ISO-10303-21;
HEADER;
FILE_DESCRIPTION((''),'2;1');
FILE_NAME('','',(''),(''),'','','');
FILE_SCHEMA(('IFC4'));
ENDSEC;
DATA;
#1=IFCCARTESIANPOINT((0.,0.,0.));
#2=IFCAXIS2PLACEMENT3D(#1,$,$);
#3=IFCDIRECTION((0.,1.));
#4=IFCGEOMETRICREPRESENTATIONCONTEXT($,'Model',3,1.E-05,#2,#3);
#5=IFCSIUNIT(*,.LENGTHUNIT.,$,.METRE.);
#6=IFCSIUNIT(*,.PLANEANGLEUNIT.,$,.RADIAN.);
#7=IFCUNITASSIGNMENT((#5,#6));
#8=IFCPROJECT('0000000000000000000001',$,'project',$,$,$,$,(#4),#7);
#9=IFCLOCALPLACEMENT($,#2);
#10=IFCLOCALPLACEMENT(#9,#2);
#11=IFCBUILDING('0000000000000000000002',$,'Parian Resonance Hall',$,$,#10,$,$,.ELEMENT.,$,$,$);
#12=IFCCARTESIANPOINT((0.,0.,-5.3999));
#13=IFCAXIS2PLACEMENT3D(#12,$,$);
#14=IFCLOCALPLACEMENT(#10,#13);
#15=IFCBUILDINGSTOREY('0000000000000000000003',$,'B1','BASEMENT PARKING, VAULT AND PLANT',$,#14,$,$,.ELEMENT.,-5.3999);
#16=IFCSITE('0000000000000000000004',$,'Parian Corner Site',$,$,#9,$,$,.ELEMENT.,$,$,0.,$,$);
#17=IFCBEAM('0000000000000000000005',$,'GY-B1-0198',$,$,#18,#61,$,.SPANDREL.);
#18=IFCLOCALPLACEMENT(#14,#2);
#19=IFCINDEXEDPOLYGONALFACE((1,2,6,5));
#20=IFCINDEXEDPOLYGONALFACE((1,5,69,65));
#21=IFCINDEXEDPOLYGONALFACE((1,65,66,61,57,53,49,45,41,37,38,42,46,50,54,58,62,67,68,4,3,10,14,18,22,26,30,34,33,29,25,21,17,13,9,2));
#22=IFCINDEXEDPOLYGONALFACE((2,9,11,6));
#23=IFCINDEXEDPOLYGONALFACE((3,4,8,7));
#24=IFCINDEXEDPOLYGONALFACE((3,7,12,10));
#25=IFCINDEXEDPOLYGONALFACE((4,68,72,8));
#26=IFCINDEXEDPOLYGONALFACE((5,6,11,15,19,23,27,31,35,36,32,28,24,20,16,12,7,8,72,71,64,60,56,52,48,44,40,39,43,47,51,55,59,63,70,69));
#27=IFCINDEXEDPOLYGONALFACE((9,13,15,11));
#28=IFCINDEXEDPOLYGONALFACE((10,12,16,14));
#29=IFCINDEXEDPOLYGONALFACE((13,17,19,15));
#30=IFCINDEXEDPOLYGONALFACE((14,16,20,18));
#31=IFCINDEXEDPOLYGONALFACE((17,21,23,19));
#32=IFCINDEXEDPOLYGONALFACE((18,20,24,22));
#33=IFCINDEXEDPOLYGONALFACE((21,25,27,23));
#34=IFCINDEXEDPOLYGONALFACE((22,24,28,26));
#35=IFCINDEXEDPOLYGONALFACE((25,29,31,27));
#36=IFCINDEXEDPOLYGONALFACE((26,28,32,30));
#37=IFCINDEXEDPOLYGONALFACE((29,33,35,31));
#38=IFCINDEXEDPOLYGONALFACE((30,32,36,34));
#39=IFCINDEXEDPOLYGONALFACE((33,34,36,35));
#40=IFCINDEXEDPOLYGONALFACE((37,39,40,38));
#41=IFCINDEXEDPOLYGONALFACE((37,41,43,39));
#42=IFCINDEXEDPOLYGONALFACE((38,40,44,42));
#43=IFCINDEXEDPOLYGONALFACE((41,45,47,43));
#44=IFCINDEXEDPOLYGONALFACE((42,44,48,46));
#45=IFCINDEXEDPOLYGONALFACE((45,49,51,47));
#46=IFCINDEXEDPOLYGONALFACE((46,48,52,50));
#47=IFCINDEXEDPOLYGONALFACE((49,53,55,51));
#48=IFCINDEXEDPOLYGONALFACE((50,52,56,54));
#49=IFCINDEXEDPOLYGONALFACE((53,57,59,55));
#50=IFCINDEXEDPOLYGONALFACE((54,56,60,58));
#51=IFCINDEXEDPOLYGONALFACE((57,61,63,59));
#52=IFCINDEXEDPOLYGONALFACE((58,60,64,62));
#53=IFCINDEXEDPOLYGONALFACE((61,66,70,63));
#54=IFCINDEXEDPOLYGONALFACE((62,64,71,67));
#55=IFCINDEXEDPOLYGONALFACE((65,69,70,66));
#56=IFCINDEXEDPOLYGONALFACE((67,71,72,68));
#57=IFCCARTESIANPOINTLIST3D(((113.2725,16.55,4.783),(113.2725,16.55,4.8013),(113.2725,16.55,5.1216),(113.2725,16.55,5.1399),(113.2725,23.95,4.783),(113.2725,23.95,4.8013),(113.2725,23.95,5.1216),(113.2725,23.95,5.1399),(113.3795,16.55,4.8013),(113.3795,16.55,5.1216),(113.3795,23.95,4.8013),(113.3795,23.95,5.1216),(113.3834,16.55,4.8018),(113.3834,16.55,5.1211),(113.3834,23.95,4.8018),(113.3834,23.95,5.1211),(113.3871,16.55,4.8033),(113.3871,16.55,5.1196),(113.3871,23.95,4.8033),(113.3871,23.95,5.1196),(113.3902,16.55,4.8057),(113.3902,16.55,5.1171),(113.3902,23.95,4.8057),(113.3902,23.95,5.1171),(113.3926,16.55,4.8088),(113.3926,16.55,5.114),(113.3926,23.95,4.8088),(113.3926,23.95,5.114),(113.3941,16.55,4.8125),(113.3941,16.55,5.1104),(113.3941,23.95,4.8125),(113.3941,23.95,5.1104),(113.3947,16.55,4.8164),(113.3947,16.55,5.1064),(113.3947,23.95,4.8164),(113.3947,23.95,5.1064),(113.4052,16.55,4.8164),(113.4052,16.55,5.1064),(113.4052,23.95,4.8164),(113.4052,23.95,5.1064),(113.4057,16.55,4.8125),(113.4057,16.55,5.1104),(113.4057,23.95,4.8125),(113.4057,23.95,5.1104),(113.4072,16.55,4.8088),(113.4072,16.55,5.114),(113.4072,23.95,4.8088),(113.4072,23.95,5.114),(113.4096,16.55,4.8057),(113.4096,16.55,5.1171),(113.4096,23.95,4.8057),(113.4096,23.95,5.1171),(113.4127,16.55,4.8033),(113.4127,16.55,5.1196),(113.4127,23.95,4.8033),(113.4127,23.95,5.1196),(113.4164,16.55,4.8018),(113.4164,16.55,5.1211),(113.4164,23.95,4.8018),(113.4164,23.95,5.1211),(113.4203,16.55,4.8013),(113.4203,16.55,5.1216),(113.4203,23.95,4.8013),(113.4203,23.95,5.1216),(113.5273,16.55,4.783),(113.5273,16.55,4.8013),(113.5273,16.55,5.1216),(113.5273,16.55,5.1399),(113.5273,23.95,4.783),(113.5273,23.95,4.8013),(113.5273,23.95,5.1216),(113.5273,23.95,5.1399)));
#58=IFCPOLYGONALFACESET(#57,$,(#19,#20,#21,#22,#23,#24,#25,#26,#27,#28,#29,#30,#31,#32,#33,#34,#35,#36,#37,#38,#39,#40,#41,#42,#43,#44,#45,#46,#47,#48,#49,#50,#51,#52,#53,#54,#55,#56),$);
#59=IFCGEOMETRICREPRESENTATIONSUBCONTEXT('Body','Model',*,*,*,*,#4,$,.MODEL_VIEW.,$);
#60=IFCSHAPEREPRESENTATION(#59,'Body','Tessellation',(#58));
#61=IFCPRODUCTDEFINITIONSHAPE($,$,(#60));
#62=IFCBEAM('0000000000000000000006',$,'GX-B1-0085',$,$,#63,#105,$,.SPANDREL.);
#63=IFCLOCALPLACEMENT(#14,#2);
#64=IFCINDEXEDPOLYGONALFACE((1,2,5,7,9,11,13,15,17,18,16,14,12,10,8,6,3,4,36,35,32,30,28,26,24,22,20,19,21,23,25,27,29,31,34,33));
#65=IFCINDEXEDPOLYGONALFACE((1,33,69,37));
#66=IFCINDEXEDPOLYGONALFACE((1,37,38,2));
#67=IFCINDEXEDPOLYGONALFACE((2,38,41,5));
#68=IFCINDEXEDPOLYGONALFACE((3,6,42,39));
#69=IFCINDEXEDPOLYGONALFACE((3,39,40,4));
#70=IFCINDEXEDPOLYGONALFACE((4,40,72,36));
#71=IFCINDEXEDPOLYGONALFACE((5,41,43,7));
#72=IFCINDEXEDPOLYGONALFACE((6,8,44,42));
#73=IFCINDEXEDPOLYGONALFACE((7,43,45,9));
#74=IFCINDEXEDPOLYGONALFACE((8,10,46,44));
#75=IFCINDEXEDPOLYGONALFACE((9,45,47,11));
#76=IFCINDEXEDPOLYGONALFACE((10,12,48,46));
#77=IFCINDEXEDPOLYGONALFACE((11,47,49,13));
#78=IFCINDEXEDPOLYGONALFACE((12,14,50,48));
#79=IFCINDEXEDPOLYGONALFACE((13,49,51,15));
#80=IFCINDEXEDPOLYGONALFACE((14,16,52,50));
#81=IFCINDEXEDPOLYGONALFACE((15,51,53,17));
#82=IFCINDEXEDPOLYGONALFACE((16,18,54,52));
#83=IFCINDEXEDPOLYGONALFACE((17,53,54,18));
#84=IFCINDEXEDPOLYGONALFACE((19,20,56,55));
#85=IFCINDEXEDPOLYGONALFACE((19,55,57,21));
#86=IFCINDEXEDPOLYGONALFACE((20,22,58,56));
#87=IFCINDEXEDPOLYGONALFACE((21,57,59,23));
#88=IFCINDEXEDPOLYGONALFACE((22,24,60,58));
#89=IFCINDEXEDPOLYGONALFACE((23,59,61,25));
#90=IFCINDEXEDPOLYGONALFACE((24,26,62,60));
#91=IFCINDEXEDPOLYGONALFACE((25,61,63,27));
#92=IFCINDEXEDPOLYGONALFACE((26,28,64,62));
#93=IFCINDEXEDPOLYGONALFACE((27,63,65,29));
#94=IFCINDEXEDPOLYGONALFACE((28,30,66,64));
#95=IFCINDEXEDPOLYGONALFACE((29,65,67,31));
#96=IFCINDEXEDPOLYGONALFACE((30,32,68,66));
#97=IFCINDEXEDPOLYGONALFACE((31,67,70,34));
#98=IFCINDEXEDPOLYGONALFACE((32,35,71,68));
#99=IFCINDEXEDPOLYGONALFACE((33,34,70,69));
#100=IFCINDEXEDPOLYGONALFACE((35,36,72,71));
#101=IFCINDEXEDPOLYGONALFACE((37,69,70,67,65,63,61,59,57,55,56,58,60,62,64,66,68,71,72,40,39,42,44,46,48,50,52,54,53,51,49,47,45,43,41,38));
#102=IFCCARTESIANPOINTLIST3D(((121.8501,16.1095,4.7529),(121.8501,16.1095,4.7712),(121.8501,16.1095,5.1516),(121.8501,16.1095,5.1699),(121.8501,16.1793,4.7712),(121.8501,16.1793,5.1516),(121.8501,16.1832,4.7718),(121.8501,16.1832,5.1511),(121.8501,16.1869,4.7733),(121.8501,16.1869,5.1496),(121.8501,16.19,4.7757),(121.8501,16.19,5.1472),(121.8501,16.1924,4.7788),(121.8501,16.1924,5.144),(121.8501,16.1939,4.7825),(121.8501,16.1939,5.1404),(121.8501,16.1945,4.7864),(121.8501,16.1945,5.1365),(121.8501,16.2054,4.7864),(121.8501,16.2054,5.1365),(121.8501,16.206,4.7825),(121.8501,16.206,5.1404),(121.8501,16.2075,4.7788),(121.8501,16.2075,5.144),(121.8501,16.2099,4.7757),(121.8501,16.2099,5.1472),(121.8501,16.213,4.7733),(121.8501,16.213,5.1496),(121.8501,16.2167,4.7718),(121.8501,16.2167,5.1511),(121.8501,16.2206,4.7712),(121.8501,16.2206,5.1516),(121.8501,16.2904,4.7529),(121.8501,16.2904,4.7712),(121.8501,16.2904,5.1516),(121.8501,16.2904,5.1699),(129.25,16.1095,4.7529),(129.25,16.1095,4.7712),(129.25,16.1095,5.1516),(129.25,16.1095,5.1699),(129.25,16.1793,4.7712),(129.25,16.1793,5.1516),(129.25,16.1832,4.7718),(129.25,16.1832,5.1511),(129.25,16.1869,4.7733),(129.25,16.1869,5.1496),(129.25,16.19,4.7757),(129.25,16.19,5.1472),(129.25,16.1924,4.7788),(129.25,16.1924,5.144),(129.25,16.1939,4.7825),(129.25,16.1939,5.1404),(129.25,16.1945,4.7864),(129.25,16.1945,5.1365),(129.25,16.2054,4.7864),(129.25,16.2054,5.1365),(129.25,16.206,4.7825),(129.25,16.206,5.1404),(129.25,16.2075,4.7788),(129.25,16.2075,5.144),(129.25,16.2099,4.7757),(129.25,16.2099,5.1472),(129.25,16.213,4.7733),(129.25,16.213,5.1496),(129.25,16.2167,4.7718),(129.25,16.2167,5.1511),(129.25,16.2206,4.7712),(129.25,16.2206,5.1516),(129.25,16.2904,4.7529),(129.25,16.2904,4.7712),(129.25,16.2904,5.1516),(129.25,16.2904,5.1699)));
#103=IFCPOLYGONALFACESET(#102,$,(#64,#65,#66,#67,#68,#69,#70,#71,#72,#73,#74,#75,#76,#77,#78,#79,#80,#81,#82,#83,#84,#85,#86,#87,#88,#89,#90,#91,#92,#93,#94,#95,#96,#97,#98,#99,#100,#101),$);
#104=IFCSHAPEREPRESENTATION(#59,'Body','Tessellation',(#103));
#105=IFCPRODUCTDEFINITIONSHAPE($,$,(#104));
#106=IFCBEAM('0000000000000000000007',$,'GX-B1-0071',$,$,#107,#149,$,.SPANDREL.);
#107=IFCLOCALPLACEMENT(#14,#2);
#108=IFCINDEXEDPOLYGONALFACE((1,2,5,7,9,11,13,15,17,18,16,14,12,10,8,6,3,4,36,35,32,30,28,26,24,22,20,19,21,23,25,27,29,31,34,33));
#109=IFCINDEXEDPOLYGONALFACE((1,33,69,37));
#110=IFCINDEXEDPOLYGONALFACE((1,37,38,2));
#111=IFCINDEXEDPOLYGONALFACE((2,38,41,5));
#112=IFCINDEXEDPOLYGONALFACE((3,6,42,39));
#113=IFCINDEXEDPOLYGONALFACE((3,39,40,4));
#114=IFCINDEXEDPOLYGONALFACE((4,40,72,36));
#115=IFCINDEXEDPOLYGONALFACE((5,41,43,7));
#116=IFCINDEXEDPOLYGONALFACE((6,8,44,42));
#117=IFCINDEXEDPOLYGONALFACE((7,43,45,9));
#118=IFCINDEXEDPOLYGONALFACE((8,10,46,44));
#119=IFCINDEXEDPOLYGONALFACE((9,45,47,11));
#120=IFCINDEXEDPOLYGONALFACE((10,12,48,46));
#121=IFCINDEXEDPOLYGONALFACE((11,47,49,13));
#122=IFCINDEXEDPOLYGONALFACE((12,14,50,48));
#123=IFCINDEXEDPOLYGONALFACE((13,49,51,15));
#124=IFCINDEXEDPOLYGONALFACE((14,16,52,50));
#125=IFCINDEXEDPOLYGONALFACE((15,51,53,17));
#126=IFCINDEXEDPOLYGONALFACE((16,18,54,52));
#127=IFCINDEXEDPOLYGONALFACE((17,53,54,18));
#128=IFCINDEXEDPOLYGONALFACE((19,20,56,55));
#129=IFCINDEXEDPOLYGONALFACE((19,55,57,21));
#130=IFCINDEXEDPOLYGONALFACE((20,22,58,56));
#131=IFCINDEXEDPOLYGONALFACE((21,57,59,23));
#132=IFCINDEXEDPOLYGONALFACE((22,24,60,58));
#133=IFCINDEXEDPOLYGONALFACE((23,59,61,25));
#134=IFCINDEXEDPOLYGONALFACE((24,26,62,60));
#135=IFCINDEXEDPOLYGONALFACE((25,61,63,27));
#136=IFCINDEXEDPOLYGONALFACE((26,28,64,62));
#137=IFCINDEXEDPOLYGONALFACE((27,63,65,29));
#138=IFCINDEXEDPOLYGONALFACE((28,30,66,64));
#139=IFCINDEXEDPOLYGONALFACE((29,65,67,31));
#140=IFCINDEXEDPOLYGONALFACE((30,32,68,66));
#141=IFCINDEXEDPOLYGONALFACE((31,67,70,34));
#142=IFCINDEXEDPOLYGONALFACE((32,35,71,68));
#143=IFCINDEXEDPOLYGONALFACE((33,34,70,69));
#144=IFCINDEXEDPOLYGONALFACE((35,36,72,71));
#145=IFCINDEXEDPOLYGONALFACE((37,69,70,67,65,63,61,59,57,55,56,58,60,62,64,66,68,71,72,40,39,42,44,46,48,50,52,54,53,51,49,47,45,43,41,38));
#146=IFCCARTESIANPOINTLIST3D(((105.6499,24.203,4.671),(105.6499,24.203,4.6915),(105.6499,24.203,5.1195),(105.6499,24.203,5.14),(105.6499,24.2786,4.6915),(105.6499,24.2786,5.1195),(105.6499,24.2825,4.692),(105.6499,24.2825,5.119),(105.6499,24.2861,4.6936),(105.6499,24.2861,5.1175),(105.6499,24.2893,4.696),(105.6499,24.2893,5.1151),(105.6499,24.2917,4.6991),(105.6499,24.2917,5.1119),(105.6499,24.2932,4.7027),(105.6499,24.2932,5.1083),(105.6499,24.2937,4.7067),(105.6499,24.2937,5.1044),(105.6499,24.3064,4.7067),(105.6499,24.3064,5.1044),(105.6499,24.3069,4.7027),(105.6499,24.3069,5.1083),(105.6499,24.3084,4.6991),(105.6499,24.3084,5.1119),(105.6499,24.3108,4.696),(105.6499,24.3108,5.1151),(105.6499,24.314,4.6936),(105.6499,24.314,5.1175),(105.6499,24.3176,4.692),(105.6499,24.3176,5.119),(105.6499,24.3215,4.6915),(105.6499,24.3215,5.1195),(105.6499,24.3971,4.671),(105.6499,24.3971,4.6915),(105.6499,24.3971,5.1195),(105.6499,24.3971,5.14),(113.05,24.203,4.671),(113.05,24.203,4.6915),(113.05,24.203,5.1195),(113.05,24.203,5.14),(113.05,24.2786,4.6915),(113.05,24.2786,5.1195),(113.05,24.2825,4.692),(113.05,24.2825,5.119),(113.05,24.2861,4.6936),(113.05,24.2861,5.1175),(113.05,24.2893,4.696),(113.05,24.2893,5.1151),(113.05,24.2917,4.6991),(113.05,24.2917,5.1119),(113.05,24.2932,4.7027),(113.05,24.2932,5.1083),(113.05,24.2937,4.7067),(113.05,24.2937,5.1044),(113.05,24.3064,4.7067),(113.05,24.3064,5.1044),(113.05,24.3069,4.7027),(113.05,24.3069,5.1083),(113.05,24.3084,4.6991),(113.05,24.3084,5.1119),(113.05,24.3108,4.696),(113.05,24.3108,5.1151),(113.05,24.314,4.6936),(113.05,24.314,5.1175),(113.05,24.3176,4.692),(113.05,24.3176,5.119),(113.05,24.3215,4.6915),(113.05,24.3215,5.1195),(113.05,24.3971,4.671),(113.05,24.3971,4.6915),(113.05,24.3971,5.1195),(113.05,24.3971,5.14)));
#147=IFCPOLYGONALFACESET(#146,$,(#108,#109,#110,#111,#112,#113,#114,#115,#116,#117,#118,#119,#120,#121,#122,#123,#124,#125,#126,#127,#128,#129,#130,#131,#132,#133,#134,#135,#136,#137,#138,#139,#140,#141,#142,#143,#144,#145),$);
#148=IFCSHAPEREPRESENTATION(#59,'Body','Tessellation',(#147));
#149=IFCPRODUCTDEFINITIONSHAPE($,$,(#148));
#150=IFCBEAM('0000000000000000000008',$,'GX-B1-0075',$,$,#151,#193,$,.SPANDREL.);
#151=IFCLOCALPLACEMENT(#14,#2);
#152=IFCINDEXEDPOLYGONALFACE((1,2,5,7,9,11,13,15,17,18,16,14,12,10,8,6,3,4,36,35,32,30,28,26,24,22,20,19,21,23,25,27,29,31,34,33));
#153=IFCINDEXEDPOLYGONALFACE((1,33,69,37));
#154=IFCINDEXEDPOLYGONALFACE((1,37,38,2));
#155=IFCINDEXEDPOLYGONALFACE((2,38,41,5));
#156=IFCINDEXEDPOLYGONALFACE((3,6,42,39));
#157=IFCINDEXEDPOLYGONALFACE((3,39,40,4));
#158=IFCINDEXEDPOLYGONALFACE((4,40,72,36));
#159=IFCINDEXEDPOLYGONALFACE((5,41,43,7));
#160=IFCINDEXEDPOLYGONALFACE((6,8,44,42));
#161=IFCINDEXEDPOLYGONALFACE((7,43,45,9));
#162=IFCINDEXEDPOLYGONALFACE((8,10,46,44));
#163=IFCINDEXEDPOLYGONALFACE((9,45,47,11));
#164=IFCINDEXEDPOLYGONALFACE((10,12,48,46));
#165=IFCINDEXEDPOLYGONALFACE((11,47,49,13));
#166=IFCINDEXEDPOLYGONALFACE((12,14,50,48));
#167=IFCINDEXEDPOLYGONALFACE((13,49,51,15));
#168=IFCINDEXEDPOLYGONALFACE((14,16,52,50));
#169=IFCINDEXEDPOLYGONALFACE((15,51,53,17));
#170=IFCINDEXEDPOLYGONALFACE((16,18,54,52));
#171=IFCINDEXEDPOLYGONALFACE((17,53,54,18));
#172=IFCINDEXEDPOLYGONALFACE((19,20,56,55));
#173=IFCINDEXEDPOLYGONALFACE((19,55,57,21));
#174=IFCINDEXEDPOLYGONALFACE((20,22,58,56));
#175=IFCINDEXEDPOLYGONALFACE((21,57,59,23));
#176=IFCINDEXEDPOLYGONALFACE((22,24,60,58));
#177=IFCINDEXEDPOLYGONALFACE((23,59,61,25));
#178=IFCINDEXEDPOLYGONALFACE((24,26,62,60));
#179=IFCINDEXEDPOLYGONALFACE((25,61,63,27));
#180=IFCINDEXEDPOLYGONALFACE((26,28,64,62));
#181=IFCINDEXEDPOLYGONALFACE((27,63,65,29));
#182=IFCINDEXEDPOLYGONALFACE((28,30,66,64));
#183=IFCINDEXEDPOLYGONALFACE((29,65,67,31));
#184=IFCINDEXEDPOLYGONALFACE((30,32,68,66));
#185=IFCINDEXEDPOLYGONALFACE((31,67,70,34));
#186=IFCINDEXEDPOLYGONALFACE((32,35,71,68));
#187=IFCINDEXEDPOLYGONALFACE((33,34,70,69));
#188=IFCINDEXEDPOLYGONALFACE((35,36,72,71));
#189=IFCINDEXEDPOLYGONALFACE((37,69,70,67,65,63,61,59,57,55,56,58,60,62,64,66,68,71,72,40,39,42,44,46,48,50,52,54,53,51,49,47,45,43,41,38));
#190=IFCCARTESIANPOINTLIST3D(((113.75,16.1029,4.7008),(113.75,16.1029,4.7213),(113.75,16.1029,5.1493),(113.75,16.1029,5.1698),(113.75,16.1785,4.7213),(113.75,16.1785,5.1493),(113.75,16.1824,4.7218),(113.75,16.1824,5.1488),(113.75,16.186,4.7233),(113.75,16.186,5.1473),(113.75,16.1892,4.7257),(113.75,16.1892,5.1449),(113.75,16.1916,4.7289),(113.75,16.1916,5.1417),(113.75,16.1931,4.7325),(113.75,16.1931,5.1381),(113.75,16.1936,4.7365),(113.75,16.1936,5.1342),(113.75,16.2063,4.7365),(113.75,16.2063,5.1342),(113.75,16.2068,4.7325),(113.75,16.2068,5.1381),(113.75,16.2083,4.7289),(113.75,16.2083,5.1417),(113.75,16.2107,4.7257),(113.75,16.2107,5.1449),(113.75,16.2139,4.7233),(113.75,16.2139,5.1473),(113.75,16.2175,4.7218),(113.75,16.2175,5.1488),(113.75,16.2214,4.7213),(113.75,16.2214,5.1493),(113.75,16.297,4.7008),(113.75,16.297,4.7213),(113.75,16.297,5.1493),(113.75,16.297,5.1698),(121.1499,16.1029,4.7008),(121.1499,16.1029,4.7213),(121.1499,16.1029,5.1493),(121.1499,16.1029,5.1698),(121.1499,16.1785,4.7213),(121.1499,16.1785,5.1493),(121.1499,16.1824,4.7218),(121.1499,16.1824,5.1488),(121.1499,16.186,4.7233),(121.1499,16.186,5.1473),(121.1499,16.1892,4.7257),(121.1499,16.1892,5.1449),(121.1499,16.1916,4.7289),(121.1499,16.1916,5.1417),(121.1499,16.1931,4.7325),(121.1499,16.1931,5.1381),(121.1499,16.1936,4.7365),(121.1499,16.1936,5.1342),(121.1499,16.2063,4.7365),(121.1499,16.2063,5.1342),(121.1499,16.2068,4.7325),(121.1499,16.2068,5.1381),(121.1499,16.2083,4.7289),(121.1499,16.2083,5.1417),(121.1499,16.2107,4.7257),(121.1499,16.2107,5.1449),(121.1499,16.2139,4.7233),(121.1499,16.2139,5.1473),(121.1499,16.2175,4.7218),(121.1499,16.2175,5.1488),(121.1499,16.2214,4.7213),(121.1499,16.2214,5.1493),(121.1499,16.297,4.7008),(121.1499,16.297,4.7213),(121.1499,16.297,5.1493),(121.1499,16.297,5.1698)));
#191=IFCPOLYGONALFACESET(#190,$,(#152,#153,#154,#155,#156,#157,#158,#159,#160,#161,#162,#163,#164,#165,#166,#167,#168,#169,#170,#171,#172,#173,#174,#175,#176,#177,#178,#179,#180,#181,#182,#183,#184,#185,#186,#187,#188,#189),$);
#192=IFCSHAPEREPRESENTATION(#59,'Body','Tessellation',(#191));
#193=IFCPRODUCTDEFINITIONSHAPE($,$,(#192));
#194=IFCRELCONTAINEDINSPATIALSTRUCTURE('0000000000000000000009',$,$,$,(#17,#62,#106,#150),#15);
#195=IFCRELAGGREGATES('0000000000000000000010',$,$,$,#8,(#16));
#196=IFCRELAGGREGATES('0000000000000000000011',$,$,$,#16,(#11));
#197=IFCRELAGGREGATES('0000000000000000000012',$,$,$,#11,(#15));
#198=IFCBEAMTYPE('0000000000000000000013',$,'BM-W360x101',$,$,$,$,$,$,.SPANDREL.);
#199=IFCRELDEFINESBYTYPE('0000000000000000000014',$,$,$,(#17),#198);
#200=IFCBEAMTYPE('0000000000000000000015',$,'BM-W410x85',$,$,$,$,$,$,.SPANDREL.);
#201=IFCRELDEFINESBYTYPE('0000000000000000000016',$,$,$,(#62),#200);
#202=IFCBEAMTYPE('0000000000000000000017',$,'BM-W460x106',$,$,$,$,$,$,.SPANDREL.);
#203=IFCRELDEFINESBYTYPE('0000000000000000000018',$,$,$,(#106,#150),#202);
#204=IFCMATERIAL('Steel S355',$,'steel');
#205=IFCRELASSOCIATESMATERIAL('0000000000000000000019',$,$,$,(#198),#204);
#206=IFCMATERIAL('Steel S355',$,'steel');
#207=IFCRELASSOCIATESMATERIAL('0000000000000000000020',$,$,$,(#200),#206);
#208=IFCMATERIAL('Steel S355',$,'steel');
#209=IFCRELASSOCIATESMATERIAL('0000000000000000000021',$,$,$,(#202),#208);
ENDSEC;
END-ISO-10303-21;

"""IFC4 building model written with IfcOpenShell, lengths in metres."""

from ifc_helpers import new_model, si_unit, direction, frame, origin, origin_2d, place, context, subcontext, project, spatial, i_section, extrude, material, material_profile, profile_set, type_object, element, save


model = new_model("IFC4")

# Units and contexts
model_context = context("Model", 3, precision=1e-05, world=origin(), true_north=direction((0.0, 1.0)))
body_context = subcontext(model_context, "Body", "Model", "MODEL_VIEW")
ifc_project = project(units=[si_unit("LENGTHUNIT", "METRE"), si_unit("PLANEANGLEUNIT", "RADIAN")], contexts=[model_context])

# Site, building, storey
site_placement = place(None, origin())
site = spatial("IfcSite", under=ifc_project, at=site_placement, Name="Parian Corner Site", CompositionType="ELEMENT", RefElevation=0.0)
building_placement = place(site_placement, origin())
building = spatial("IfcBuilding", under=site, at=building_placement, Name="Parian Resonance Hall", CompositionType="ELEMENT")
storey_placement = place(building_placement, frame((0.0, 0.0, -5.3999)))
storey = spatial("IfcBuildingStorey", under=building, at=storey_placement, Name="B1", Description="BASEMENT PARKING, VAULT AND PLANT", CompositionType="ELEMENT", Elevation=-5.3999)

# Beams
ifc_material_1 = material(Name="Steel S355", Category="steel")
ifc_material_profile_1 = material_profile(ifc_material_1, i_section(OverallWidth=0.2549, OverallDepth=0.3569, WebThickness=0.0105, FlangeThickness=0.0183, FilletRadius=0.0151, at=origin_2d()), Name="W360x101")
ifc_profile_set_1 = profile_set([ifc_material_profile_1], Name="Steel S355")
beam_type_1 = type_object("IfcBeamType", Name="BM-W360x101", PredefinedType="SPANDREL", material=ifc_profile_set_1)
beam_1_placement = place(storey_placement, frame((113.3999, 16.55, 4.9614), z_axis=(0.0, 1.0, 0.0), x_axis=(-1.0, 0.0, 0.0)))
element("IfcBeam", 1, at=beam_1_placement, inside=storey, type_object=beam_type_1, Name="GY-B1-0198", PredefinedType="SPANDREL", context=body_context, shape_type="SweptSolid", body=[
    extrude(i_section(OverallWidth=0.2549, OverallDepth=0.3569, WebThickness=0.0105, FlangeThickness=0.0183, FilletRadius=0.0151, at=origin_2d()), origin(), (0.0, 0.0, 1.0), 7.3999),
])
ifc_material_2 = material(Name="Steel S355", Category="steel")
ifc_material_profile_2 = material_profile(ifc_material_2, i_section(OverallWidth=0.1809, OverallDepth=0.417, WebThickness=0.011, FlangeThickness=0.0183, FilletRadius=0.0151, at=origin_2d()), Name="W410x85")
ifc_profile_set_2 = profile_set([ifc_material_profile_2], Name="Steel S355")
beam_type_2 = type_object("IfcBeamType", Name="BM-W410x85", PredefinedType="SPANDREL", material=ifc_profile_set_2)
beam_2_placement = place(storey_placement, frame((121.8501, 16.2, 4.9614), z_axis=(1.0, 0.0, 0.0), x_axis=(0.0, 1.0, 0.0)))
element("IfcBeam", 2, at=beam_2_placement, inside=storey, type_object=beam_type_2, Name="GX-B1-0085", PredefinedType="SPANDREL", context=body_context, shape_type="SweptSolid", body=[
    extrude(i_section(OverallWidth=0.1809, OverallDepth=0.417, WebThickness=0.011, FlangeThickness=0.0183, FilletRadius=0.0151, at=origin_2d()), origin(), (0.0, 0.0, 1.0), 7.3999),
])
ifc_material_3 = material(Name="Steel S355", Category="steel")
ifc_material_profile_3 = material_profile(ifc_material_3, i_section(OverallWidth=0.1941, OverallDepth=0.469, WebThickness=0.0127, FlangeThickness=0.0205, FilletRadius=0.0151, at=origin_2d()), Name="W460x106")
ifc_profile_set_3 = profile_set([ifc_material_profile_3], Name="Steel S355")
beam_type_3 = type_object("IfcBeamType", Name="BM-W460x106", PredefinedType="SPANDREL", material=ifc_profile_set_3)
beam_3_placement = place(storey_placement, frame((105.6499, 24.3, 4.9055), z_axis=(1.0, 0.0, 0.0), x_axis=(0.0, 1.0, 0.0)))
element("IfcBeam", 3, at=beam_3_placement, inside=storey, type_object=beam_type_3, Name="GX-B1-0071", PredefinedType="SPANDREL", context=body_context, shape_type="SweptSolid", body=[
    extrude(i_section(OverallWidth=0.1941, OverallDepth=0.469, WebThickness=0.0127, FlangeThickness=0.0205, FilletRadius=0.0151, at=origin_2d()), origin(), (0.0, 0.0, 1.0), 7.4001),
])
beam_4_placement = place(storey_placement, frame((113.75, 16.2, 4.9353), z_axis=(1.0, 0.0, 0.0), x_axis=(0.0, 1.0, 0.0)))
element("IfcBeam", 4, at=beam_4_placement, inside=storey, type_object=beam_type_3, Name="GX-B1-0075", PredefinedType="SPANDREL", context=body_context, shape_type="SweptSolid", body=[
    extrude(i_section(OverallWidth=0.1941, OverallDepth=0.469, WebThickness=0.0127, FlangeThickness=0.0205, FilletRadius=0.0151, at=origin_2d()), origin(), (0.0, 0.0, 1.0), 7.3999),
])

save(model, "model.ifc")
